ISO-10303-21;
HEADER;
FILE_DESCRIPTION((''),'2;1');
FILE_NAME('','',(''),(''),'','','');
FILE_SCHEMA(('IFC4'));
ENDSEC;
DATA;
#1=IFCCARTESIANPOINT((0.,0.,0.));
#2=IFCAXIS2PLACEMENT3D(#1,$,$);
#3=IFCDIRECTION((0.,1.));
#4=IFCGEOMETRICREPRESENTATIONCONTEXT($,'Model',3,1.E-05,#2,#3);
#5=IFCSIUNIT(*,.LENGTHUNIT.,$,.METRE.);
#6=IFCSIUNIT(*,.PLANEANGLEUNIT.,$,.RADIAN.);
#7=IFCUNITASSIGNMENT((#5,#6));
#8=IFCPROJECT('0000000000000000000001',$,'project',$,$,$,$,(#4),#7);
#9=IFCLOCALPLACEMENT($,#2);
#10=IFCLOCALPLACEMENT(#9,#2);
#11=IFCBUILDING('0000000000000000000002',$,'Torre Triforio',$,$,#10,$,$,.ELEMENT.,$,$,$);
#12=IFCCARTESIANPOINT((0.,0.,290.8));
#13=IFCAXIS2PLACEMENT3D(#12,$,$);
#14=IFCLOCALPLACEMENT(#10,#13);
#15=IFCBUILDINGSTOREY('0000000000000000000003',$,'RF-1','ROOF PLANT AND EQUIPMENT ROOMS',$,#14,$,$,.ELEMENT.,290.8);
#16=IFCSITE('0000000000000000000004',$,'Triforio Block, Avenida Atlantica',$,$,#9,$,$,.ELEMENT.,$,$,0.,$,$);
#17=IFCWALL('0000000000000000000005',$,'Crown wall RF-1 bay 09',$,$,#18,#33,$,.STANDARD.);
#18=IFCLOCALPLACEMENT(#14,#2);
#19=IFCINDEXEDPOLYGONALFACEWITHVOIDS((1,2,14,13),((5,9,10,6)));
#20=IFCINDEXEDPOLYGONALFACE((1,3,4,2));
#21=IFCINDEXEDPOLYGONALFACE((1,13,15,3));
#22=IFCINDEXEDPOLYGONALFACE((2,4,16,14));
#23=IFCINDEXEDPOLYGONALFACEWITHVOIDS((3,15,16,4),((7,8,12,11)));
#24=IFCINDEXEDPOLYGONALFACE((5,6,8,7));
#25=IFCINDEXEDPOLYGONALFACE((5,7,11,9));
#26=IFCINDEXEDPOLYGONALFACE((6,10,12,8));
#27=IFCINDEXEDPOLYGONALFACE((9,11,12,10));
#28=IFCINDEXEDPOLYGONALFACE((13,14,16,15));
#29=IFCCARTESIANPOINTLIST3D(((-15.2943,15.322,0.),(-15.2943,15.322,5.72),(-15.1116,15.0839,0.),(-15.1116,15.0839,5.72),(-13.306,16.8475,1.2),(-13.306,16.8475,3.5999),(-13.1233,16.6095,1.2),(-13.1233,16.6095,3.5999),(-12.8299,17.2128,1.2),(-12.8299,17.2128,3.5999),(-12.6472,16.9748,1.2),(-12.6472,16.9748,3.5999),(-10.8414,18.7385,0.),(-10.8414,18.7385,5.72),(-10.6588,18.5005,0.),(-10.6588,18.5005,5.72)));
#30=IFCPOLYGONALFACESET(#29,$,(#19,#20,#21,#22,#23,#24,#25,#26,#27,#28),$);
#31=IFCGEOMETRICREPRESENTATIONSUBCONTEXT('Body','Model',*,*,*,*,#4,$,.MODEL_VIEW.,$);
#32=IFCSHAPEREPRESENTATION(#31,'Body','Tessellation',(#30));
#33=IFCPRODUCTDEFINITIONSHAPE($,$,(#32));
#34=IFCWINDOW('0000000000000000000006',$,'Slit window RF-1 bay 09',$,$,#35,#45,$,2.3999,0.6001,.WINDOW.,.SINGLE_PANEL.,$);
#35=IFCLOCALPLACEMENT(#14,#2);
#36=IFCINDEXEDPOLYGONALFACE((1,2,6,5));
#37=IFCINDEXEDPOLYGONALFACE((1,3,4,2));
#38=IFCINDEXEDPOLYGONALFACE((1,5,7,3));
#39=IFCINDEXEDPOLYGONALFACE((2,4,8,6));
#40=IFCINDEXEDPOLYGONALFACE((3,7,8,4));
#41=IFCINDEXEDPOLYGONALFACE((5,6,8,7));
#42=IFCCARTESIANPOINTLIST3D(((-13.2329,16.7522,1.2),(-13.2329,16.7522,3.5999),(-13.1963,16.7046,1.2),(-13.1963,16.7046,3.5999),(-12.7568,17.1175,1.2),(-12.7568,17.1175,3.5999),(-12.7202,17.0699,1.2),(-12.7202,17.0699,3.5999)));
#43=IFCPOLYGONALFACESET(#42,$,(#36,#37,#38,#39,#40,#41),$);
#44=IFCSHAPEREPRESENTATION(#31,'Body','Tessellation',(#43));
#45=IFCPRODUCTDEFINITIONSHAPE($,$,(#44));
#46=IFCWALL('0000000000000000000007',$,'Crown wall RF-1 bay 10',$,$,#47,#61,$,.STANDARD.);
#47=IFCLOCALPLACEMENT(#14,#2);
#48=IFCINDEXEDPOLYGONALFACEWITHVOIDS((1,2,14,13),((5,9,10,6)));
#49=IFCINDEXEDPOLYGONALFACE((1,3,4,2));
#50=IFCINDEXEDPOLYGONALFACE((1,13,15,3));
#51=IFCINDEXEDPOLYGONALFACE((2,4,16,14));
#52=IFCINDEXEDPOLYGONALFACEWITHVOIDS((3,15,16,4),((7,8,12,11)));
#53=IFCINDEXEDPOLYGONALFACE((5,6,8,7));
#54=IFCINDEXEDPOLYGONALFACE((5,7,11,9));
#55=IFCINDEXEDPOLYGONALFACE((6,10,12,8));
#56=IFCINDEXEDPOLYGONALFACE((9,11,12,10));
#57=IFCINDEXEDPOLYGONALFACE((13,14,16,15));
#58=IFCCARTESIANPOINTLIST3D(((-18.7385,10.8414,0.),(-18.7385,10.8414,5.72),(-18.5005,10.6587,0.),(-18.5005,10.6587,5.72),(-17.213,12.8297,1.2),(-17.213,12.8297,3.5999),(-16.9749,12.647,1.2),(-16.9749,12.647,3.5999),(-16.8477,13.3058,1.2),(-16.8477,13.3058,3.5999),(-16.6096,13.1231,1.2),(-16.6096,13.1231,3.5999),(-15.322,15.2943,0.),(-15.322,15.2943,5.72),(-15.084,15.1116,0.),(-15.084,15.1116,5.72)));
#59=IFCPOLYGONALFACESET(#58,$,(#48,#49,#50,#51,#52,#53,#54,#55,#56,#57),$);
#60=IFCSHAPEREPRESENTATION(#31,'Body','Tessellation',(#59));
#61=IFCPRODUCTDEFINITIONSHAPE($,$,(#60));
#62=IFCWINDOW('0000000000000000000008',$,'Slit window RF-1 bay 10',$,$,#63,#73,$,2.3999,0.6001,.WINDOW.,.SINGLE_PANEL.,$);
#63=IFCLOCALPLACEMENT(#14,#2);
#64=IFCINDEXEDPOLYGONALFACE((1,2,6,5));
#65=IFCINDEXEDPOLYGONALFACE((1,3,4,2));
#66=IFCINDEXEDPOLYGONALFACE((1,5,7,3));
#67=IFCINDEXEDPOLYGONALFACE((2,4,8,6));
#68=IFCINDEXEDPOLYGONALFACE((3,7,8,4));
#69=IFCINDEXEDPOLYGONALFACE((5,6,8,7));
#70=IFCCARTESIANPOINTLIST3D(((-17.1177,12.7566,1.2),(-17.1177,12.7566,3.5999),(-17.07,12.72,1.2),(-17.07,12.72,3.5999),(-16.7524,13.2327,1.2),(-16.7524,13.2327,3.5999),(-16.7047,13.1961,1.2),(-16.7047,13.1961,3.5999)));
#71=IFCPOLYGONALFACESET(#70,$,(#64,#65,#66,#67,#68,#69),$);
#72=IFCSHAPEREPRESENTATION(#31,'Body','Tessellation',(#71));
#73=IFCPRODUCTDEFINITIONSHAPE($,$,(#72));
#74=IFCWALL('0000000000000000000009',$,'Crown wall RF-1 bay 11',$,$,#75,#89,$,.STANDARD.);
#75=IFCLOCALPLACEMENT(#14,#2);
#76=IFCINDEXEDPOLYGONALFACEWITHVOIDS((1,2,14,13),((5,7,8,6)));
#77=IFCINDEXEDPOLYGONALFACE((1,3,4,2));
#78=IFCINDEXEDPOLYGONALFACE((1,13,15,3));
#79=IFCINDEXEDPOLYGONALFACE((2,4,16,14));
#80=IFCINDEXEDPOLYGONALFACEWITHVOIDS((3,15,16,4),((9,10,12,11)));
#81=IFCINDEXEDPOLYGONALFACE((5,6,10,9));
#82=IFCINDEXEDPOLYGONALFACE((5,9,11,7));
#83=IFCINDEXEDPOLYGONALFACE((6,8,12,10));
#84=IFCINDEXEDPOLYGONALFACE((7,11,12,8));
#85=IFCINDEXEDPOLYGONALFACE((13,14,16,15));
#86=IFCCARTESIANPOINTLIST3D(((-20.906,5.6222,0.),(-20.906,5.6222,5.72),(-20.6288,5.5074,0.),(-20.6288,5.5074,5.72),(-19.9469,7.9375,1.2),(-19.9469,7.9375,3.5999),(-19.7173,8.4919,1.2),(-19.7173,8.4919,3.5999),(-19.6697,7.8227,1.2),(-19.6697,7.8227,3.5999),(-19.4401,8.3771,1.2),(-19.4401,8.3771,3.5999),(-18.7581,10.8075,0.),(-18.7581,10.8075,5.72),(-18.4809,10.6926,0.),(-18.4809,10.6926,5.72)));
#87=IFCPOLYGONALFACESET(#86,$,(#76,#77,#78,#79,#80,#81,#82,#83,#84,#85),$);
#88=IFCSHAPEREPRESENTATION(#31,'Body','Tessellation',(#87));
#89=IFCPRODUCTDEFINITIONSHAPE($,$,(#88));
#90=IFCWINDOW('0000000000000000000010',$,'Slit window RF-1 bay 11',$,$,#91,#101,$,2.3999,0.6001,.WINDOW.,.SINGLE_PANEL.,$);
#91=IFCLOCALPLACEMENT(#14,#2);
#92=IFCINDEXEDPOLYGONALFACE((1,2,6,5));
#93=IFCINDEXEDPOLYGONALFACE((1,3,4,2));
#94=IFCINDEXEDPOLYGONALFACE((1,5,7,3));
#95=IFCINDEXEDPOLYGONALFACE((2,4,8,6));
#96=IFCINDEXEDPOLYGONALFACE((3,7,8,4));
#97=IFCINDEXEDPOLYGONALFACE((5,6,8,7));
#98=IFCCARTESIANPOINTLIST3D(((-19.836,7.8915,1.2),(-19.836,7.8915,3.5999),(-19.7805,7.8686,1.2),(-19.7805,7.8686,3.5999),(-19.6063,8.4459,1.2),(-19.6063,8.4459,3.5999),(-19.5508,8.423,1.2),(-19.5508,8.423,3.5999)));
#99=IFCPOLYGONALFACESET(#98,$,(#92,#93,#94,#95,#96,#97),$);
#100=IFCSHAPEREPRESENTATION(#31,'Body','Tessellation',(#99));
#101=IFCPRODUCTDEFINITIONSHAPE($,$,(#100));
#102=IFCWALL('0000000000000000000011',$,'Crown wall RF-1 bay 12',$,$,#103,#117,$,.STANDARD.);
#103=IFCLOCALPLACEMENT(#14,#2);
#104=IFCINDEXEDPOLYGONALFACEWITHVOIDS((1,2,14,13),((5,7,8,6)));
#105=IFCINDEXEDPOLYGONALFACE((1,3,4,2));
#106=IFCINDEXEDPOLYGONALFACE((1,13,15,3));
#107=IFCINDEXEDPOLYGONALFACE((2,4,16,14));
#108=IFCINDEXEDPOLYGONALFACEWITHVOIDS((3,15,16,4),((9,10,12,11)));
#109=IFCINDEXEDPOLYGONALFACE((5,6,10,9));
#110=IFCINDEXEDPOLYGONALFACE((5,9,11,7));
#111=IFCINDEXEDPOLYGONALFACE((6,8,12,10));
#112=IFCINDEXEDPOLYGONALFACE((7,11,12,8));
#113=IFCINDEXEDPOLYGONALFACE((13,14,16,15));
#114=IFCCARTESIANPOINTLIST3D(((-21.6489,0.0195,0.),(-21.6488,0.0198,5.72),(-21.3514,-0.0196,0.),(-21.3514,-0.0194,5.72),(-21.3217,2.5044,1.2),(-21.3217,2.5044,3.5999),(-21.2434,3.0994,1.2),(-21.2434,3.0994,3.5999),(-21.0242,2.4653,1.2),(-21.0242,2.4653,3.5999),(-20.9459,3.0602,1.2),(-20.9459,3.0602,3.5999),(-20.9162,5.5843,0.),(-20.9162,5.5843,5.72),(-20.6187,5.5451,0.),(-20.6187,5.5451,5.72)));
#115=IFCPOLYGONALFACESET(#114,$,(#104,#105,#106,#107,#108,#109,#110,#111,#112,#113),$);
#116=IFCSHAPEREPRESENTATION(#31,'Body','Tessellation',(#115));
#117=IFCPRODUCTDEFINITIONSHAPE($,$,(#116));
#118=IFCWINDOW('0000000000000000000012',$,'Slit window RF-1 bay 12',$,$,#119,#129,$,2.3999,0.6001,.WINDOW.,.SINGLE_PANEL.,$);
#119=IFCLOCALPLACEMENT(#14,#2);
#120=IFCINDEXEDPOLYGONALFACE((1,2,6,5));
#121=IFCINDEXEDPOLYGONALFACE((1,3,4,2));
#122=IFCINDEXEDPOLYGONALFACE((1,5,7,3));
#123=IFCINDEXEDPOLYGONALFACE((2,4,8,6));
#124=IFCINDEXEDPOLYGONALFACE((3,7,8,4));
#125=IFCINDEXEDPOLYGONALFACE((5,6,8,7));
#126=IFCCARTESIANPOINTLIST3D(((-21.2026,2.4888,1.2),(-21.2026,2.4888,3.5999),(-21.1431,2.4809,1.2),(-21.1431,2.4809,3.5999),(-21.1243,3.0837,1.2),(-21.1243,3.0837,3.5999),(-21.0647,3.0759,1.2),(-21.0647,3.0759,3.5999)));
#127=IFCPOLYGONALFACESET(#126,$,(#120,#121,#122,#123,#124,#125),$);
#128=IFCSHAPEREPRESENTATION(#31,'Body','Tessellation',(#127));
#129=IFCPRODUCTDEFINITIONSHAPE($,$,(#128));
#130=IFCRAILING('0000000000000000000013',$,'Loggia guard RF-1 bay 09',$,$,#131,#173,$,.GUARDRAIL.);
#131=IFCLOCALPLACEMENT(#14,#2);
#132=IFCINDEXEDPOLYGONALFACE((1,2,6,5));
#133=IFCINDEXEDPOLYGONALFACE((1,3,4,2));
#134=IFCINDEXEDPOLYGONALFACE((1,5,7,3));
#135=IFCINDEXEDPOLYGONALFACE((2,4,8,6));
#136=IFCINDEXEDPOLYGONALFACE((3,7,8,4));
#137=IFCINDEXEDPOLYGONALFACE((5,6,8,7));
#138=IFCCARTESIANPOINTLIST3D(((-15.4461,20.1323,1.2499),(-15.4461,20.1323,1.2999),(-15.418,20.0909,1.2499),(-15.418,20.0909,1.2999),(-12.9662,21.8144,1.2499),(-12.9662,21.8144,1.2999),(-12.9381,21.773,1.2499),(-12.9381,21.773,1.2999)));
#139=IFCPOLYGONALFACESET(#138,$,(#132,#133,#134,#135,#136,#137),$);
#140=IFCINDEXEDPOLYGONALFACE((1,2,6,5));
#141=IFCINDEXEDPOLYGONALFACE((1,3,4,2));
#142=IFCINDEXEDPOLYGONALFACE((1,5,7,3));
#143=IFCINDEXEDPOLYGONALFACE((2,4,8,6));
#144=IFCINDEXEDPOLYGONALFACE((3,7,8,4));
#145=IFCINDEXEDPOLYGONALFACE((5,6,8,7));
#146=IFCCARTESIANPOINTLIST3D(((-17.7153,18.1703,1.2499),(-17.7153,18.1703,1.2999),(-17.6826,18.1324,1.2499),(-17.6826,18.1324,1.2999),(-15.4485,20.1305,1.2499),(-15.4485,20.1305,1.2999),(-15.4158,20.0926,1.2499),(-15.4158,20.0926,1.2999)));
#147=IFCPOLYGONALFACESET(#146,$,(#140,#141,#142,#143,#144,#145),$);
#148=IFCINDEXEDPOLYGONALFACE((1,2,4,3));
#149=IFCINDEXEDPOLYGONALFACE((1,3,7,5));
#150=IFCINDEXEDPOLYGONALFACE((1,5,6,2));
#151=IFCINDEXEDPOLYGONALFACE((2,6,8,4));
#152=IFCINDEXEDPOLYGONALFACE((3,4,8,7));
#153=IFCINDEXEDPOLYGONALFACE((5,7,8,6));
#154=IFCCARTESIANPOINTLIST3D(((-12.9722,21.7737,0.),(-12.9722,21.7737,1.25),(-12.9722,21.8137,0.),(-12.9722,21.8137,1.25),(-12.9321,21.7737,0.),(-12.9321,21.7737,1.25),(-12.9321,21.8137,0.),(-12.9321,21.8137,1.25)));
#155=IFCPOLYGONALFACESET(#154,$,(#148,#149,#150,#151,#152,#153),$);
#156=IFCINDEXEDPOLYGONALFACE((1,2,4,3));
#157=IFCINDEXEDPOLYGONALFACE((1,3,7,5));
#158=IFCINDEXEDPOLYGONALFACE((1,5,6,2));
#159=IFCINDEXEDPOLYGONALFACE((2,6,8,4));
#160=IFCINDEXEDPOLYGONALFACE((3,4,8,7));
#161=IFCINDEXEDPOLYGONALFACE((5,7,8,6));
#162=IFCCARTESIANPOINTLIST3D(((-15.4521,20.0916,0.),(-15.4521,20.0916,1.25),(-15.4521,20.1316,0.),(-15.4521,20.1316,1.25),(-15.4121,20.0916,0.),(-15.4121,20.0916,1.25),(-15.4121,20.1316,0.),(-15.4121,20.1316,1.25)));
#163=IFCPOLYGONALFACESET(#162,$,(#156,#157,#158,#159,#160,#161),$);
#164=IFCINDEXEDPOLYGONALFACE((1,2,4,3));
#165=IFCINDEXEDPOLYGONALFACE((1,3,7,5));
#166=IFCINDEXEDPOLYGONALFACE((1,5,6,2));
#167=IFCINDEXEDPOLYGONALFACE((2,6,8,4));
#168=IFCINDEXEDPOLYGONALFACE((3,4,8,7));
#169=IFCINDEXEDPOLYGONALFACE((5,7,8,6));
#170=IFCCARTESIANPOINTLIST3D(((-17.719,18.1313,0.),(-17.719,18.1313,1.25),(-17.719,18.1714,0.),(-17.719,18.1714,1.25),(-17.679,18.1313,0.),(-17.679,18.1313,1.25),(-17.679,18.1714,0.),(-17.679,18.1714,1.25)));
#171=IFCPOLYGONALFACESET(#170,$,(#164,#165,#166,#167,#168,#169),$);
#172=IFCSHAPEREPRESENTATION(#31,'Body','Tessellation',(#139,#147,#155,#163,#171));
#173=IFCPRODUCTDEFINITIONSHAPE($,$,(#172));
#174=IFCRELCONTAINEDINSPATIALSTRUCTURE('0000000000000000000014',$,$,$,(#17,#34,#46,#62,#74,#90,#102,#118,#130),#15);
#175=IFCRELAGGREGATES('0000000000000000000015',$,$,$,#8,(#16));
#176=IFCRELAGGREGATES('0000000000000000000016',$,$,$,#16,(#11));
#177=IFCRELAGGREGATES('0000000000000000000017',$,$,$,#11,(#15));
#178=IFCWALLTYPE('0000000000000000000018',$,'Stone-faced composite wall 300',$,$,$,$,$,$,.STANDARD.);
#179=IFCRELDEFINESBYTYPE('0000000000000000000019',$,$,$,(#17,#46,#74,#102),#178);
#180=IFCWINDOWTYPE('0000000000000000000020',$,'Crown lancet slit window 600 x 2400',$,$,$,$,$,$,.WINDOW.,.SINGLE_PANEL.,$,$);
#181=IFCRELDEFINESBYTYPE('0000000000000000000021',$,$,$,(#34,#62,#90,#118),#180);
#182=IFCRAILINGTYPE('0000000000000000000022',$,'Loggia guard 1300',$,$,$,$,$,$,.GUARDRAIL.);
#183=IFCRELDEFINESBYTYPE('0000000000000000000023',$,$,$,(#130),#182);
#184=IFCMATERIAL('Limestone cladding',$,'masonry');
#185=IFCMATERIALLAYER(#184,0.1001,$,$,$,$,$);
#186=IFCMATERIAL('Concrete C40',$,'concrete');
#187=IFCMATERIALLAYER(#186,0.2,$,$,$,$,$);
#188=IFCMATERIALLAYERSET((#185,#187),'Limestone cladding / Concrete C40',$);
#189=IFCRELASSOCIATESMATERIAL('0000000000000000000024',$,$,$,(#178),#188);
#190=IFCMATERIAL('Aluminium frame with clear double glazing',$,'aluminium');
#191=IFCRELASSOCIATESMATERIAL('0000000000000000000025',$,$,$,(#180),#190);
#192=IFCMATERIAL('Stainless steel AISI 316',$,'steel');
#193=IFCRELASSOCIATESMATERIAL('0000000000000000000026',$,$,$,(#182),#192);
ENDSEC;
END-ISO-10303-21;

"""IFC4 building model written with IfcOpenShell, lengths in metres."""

from ifc_helpers import new_model, si_unit, direction, frame, frame_2d, origin, origin_2d, place, context, subcontext, project, spatial, polyline, rectangle, outline, extrude, material, layer, layer_set, type_object, element, fill, save


model = new_model("IFC4")

# Units and contexts
model_context = context("Model", 3, precision=1e-05, world=origin(), true_north=direction((0.0, 1.0)))
body_context = subcontext(model_context, "Body", "Model", "MODEL_VIEW")
ifc_project = project(units=[si_unit("LENGTHUNIT", "METRE"), si_unit("PLANEANGLEUNIT", "RADIAN")], contexts=[model_context])

# Site, building, storey
site_placement = place(None, origin())
site = spatial("IfcSite", under=ifc_project, at=site_placement, Name="Triforio Block, Avenida Atlantica", CompositionType="ELEMENT", RefElevation=0.0)
building_placement = place(site_placement, origin())
building = spatial("IfcBuilding", under=site, at=building_placement, Name="Torre Triforio", CompositionType="ELEMENT")
storey_placement = place(building_placement, frame((0.0, 0.0, 290.8)))
storey = spatial("IfcBuildingStorey", under=building, at=storey_placement, Name="RF-1", Description="ROOF PLANT AND EQUIPMENT ROOMS", CompositionType="ELEMENT", Elevation=290.8)

# Shared definitions
ifc_material_1 = material(Name="Concrete C40", Category="concrete")

# Walls, openings, windows
ifc_material_2 = material(Name="Limestone cladding", Category="masonry")
ifc_layer_1 = layer(ifc_material_2, 0.1001)
ifc_layer_2 = layer(ifc_material_1, 0.2)
ifc_layer_set_1 = layer_set([ifc_layer_1, ifc_layer_2], Name="Limestone cladding / Concrete C40")
wall_type_1 = type_object("IfcWallType", Name="Stone-faced composite wall 300", PredefinedType="STANDARD", material=ifc_layer_set_1)
wall_1_placement = place(storey_placement, frame((-10.75, 18.6194, 0.0), z_axis=(0.0, 0.0, 1.0), x_axis=(-0.79338, -0.608726, 0.0)))
wall_1 = element("IfcWall", 1, at=wall_1_placement, inside=storey, type_object=wall_type_1, Name="Crown wall RF-1 bay 09", PredefinedType="STANDARD", context=body_context, shape_type="SweptSolid", body=[
    extrude(outline(polyline([(0.0, 0.0), (5.6125, 0.0), (5.6125, 5.72), (0.0, 5.72), (0.0, 0.0)])), frame((0.0, 0.1499, 0.0), z_axis=(0.0, -1.0, 0.0), x_axis=(1.0, 0.0, 0.0)), (0.0, 0.0, 1.0), 0.3),
])
opening_1_placement = place(wall_1_placement, frame((2.5063, 0.0, 1.2)))
opening_1 = element("IfcOpeningElement", 2, at=opening_1_placement, cuts=wall_1, PredefinedType="OPENING", context=body_context, shape_type="SweptSolid", body=[
    extrude(rectangle(XDim=0.6001, YDim=2.3999, at=frame_2d((0.3, 1.2))), frame((0.0, 0.1599, 0.0), z_axis=(0.0, -1.0, 0.0), x_axis=(1.0, 0.0, 0.0)), (0.0, 0.0, 1.0), 0.3201),
])
ifc_material_3 = material(Name="Aluminium frame with clear double glazing", Category="aluminium")
window_type = type_object("IfcWindowType", Name="Crown lancet slit window 600 x 2400", PartitioningType="SINGLE_PANEL", PredefinedType="WINDOW", material=ifc_material_3)
window_1_placement = place(opening_1_placement, origin())
window_1 = element("IfcWindow", 3, at=window_1_placement, inside=storey, type_object=window_type, Name="Slit window RF-1 bay 09", OverallHeight=2.3999, OverallWidth=0.6001, PartitioningType="SINGLE_PANEL", PredefinedType="WINDOW", context=body_context, shape_type="SweptSolid", body=[
    extrude(rectangle(XDim=0.6001, YDim=2.3999, at=frame_2d((0.3, 1.2))), frame((0.0, 0.03, 0.0), z_axis=(0.0, -1.0, 0.0), x_axis=(1.0, 0.0, 0.0)), (0.0, 0.0, 1.0), 0.0601),
])
fill(opening_1, window_1)
wall_2_placement = place(storey_placement, frame((-15.2029, 15.2029, 0.0), z_axis=(0.0, 0.0, 1.0), x_axis=(-0.608726, -0.79338, 0.0)))
wall_2 = element("IfcWall", 4, at=wall_2_placement, inside=storey, type_object=wall_type_1, Name="Crown wall RF-1 bay 10", PredefinedType="STANDARD", context=body_context, shape_type="SweptSolid", body=[
    extrude(outline(polyline([(0.0, 0.0), (5.6125, 0.0), (5.6125, 5.72), (0.0, 5.72), (0.0, 0.0)])), frame((0.0, 0.1499, 0.0), z_axis=(0.0, -1.0, 0.0), x_axis=(1.0, 0.0, 0.0)), (0.0, 0.0, 1.0), 0.3),
])
opening_2_placement = place(wall_2_placement, frame((2.5063, 0.0, 1.2)))
opening_2 = element("IfcOpeningElement", 5, at=opening_2_placement, cuts=wall_2, PredefinedType="OPENING", context=body_context, shape_type="SweptSolid", body=[
    extrude(rectangle(XDim=0.6001, YDim=2.3999, at=frame_2d((0.3, 1.2))), frame((0.0, 0.1599, 0.0), z_axis=(0.0, -1.0, 0.0), x_axis=(1.0, 0.0, 0.0)), (0.0, 0.0, 1.0), 0.3201),
])
window_2_placement = place(opening_2_placement, origin())
window_2 = element("IfcWindow", 6, at=window_2_placement, inside=storey, type_object=window_type, Name="Slit window RF-1 bay 10", OverallHeight=2.3999, OverallWidth=0.6001, PartitioningType="SINGLE_PANEL", PredefinedType="WINDOW", context=body_context, shape_type="SweptSolid", body=[
    extrude(rectangle(XDim=0.6001, YDim=2.3999, at=frame_2d((0.3, 1.2))), frame((0.0, 0.03, 0.0), z_axis=(0.0, -1.0, 0.0), x_axis=(1.0, 0.0, 0.0)), (0.0, 0.0, 1.0), 0.0601),
])
fill(opening_2, window_2)
wall_3_placement = place(storey_placement, frame((-18.6194, 10.75, 0.0), z_axis=(0.0, 0.0, 1.0), x_axis=(-0.382703, -0.923872, 0.0)))
wall_3 = element("IfcWall", 7, at=wall_3_placement, inside=storey, type_object=wall_type_1, Name="Crown wall RF-1 bay 11", PredefinedType="STANDARD", context=body_context, shape_type="SweptSolid", body=[
    extrude(outline(polyline([(0.0, 0.0), (5.6125, 0.0), (5.6125, 5.72), (0.0, 5.72), (0.0, 0.0)])), frame((0.0, 0.1499, 0.0), z_axis=(0.0, -1.0, 0.0), x_axis=(1.0, 0.0, 0.0)), (0.0, 0.0, 1.0), 0.3),
])
opening_3_placement = place(wall_3_placement, frame((2.5063, 0.0, 1.2)))
opening_3 = element("IfcOpeningElement", 8, at=opening_3_placement, cuts=wall_3, PredefinedType="OPENING", context=body_context, shape_type="SweptSolid", body=[
    extrude(rectangle(XDim=0.6001, YDim=2.3999, at=frame_2d((0.3, 1.2))), frame((0.0, 0.1599, 0.0), z_axis=(0.0, -1.0, 0.0), x_axis=(1.0, 0.0, 0.0)), (0.0, 0.0, 1.0), 0.3201),
])
window_3_placement = place(opening_3_placement, origin())
window_3 = element("IfcWindow", 9, at=window_3_placement, inside=storey, type_object=window_type, Name="Slit window RF-1 bay 11", OverallHeight=2.3999, OverallWidth=0.6001, PartitioningType="SINGLE_PANEL", PredefinedType="WINDOW", context=body_context, shape_type="SweptSolid", body=[
    extrude(rectangle(XDim=0.6001, YDim=2.3999, at=frame_2d((0.3, 1.2))), frame((0.0, 0.03, 0.0), z_axis=(0.0, -1.0, 0.0), x_axis=(1.0, 0.0, 0.0)), (0.0, 0.0, 1.0), 0.0601),
])
fill(opening_3, window_3)
wall_4_placement = place(storey_placement, frame((-20.7673, 5.5647, 0.0), z_axis=(0.0, 0.0, 1.0), x_axis=(-0.130537, -0.991443, 0.0)))
wall_4 = element("IfcWall", 10, at=wall_4_placement, inside=storey, type_object=wall_type_1, Name="Crown wall RF-1 bay 12", PredefinedType="STANDARD", context=body_context, shape_type="SweptSolid", body=[
    extrude(outline(polyline([(0.0, 0.0), (5.6128, 0.0), (5.6125, 5.72), (0.0, 5.72), (0.0, 0.0)])), frame((0.0, 0.1499, 0.0), z_axis=(0.0, -1.0, 0.0), x_axis=(1.0, 0.0, 0.0)), (0.0, 0.0, 1.0), 0.3),
])
opening_4_placement = place(wall_4_placement, frame((2.5063, 0.0, 1.2)))
opening_4 = element("IfcOpeningElement", 11, at=opening_4_placement, cuts=wall_4, PredefinedType="OPENING", context=body_context, shape_type="SweptSolid", body=[
    extrude(rectangle(XDim=0.6001, YDim=2.3999, at=frame_2d((0.3, 1.2))), frame((0.0, 0.1599, 0.0), z_axis=(0.0, -1.0, 0.0), x_axis=(1.0, 0.0, 0.0)), (0.0, 0.0, 1.0), 0.3201),
])
window_4_placement = place(opening_4_placement, origin())
window_4 = element("IfcWindow", 12, at=window_4_placement, inside=storey, type_object=window_type, Name="Slit window RF-1 bay 12", OverallHeight=2.3999, OverallWidth=0.6001, PartitioningType="SINGLE_PANEL", PredefinedType="WINDOW", context=body_context, shape_type="SweptSolid", body=[
    extrude(rectangle(XDim=0.6001, YDim=2.3999, at=frame_2d((0.3, 1.2))), frame((0.0, 0.03, 0.0), z_axis=(0.0, -1.0, 0.0), x_axis=(1.0, 0.0, 0.0)), (0.0, 0.0, 1.0), 0.0601),
])
fill(opening_4, window_4)

# Railing
ifc_material_4 = material(Name="Stainless steel AISI 316", Category="steel")
railing_type = type_object("IfcRailingType", Name="Loggia guard 1300", PredefinedType="GUARDRAIL", material=ifc_material_4)
railing_1_placement = place(storey_placement, frame((-12.9521, 21.7937, 0.0)))
element("IfcRailing", 13, at=railing_1_placement, inside=storey, type_object=railing_type, Name="Loggia guard RF-1 bay 09", PredefinedType="GUARDRAIL", context=body_context, shape_type="SweptSolid", body=[
    extrude(rectangle(XDim=0.05, YDim=0.05, at=origin_2d()), frame((0.0, 0.0, 1.2749), z_axis=(-0.827587, -0.561338, 0.0), x_axis=(0.561338, -0.827587, 0.0)), (0.0, 0.0, 1.0), 2.9966),
    extrude(rectangle(XDim=0.05, YDim=0.05, at=origin_2d()), frame((-2.48, -1.6821, 1.2749), z_axis=(-0.756414, -0.654093, 0.0), x_axis=(0.654093, -0.756414, 0.0)), (0.0, 0.0, 1.0), 2.9968),
    extrude(rectangle(XDim=0.04, YDim=0.04, at=origin_2d()), origin(), (0.0, 0.0, 1.0), 1.25),
    extrude(rectangle(XDim=0.04, YDim=0.04, at=origin_2d()), frame((-2.48, -1.6821, 0.0)), (0.0, 0.0, 1.0), 1.25),
    extrude(rectangle(XDim=0.04, YDim=0.04, at=origin_2d()), frame((-4.7468, -3.6423, 0.0)), (0.0, 0.0, 1.0), 1.25),
])

save(model, "model.ifc")
